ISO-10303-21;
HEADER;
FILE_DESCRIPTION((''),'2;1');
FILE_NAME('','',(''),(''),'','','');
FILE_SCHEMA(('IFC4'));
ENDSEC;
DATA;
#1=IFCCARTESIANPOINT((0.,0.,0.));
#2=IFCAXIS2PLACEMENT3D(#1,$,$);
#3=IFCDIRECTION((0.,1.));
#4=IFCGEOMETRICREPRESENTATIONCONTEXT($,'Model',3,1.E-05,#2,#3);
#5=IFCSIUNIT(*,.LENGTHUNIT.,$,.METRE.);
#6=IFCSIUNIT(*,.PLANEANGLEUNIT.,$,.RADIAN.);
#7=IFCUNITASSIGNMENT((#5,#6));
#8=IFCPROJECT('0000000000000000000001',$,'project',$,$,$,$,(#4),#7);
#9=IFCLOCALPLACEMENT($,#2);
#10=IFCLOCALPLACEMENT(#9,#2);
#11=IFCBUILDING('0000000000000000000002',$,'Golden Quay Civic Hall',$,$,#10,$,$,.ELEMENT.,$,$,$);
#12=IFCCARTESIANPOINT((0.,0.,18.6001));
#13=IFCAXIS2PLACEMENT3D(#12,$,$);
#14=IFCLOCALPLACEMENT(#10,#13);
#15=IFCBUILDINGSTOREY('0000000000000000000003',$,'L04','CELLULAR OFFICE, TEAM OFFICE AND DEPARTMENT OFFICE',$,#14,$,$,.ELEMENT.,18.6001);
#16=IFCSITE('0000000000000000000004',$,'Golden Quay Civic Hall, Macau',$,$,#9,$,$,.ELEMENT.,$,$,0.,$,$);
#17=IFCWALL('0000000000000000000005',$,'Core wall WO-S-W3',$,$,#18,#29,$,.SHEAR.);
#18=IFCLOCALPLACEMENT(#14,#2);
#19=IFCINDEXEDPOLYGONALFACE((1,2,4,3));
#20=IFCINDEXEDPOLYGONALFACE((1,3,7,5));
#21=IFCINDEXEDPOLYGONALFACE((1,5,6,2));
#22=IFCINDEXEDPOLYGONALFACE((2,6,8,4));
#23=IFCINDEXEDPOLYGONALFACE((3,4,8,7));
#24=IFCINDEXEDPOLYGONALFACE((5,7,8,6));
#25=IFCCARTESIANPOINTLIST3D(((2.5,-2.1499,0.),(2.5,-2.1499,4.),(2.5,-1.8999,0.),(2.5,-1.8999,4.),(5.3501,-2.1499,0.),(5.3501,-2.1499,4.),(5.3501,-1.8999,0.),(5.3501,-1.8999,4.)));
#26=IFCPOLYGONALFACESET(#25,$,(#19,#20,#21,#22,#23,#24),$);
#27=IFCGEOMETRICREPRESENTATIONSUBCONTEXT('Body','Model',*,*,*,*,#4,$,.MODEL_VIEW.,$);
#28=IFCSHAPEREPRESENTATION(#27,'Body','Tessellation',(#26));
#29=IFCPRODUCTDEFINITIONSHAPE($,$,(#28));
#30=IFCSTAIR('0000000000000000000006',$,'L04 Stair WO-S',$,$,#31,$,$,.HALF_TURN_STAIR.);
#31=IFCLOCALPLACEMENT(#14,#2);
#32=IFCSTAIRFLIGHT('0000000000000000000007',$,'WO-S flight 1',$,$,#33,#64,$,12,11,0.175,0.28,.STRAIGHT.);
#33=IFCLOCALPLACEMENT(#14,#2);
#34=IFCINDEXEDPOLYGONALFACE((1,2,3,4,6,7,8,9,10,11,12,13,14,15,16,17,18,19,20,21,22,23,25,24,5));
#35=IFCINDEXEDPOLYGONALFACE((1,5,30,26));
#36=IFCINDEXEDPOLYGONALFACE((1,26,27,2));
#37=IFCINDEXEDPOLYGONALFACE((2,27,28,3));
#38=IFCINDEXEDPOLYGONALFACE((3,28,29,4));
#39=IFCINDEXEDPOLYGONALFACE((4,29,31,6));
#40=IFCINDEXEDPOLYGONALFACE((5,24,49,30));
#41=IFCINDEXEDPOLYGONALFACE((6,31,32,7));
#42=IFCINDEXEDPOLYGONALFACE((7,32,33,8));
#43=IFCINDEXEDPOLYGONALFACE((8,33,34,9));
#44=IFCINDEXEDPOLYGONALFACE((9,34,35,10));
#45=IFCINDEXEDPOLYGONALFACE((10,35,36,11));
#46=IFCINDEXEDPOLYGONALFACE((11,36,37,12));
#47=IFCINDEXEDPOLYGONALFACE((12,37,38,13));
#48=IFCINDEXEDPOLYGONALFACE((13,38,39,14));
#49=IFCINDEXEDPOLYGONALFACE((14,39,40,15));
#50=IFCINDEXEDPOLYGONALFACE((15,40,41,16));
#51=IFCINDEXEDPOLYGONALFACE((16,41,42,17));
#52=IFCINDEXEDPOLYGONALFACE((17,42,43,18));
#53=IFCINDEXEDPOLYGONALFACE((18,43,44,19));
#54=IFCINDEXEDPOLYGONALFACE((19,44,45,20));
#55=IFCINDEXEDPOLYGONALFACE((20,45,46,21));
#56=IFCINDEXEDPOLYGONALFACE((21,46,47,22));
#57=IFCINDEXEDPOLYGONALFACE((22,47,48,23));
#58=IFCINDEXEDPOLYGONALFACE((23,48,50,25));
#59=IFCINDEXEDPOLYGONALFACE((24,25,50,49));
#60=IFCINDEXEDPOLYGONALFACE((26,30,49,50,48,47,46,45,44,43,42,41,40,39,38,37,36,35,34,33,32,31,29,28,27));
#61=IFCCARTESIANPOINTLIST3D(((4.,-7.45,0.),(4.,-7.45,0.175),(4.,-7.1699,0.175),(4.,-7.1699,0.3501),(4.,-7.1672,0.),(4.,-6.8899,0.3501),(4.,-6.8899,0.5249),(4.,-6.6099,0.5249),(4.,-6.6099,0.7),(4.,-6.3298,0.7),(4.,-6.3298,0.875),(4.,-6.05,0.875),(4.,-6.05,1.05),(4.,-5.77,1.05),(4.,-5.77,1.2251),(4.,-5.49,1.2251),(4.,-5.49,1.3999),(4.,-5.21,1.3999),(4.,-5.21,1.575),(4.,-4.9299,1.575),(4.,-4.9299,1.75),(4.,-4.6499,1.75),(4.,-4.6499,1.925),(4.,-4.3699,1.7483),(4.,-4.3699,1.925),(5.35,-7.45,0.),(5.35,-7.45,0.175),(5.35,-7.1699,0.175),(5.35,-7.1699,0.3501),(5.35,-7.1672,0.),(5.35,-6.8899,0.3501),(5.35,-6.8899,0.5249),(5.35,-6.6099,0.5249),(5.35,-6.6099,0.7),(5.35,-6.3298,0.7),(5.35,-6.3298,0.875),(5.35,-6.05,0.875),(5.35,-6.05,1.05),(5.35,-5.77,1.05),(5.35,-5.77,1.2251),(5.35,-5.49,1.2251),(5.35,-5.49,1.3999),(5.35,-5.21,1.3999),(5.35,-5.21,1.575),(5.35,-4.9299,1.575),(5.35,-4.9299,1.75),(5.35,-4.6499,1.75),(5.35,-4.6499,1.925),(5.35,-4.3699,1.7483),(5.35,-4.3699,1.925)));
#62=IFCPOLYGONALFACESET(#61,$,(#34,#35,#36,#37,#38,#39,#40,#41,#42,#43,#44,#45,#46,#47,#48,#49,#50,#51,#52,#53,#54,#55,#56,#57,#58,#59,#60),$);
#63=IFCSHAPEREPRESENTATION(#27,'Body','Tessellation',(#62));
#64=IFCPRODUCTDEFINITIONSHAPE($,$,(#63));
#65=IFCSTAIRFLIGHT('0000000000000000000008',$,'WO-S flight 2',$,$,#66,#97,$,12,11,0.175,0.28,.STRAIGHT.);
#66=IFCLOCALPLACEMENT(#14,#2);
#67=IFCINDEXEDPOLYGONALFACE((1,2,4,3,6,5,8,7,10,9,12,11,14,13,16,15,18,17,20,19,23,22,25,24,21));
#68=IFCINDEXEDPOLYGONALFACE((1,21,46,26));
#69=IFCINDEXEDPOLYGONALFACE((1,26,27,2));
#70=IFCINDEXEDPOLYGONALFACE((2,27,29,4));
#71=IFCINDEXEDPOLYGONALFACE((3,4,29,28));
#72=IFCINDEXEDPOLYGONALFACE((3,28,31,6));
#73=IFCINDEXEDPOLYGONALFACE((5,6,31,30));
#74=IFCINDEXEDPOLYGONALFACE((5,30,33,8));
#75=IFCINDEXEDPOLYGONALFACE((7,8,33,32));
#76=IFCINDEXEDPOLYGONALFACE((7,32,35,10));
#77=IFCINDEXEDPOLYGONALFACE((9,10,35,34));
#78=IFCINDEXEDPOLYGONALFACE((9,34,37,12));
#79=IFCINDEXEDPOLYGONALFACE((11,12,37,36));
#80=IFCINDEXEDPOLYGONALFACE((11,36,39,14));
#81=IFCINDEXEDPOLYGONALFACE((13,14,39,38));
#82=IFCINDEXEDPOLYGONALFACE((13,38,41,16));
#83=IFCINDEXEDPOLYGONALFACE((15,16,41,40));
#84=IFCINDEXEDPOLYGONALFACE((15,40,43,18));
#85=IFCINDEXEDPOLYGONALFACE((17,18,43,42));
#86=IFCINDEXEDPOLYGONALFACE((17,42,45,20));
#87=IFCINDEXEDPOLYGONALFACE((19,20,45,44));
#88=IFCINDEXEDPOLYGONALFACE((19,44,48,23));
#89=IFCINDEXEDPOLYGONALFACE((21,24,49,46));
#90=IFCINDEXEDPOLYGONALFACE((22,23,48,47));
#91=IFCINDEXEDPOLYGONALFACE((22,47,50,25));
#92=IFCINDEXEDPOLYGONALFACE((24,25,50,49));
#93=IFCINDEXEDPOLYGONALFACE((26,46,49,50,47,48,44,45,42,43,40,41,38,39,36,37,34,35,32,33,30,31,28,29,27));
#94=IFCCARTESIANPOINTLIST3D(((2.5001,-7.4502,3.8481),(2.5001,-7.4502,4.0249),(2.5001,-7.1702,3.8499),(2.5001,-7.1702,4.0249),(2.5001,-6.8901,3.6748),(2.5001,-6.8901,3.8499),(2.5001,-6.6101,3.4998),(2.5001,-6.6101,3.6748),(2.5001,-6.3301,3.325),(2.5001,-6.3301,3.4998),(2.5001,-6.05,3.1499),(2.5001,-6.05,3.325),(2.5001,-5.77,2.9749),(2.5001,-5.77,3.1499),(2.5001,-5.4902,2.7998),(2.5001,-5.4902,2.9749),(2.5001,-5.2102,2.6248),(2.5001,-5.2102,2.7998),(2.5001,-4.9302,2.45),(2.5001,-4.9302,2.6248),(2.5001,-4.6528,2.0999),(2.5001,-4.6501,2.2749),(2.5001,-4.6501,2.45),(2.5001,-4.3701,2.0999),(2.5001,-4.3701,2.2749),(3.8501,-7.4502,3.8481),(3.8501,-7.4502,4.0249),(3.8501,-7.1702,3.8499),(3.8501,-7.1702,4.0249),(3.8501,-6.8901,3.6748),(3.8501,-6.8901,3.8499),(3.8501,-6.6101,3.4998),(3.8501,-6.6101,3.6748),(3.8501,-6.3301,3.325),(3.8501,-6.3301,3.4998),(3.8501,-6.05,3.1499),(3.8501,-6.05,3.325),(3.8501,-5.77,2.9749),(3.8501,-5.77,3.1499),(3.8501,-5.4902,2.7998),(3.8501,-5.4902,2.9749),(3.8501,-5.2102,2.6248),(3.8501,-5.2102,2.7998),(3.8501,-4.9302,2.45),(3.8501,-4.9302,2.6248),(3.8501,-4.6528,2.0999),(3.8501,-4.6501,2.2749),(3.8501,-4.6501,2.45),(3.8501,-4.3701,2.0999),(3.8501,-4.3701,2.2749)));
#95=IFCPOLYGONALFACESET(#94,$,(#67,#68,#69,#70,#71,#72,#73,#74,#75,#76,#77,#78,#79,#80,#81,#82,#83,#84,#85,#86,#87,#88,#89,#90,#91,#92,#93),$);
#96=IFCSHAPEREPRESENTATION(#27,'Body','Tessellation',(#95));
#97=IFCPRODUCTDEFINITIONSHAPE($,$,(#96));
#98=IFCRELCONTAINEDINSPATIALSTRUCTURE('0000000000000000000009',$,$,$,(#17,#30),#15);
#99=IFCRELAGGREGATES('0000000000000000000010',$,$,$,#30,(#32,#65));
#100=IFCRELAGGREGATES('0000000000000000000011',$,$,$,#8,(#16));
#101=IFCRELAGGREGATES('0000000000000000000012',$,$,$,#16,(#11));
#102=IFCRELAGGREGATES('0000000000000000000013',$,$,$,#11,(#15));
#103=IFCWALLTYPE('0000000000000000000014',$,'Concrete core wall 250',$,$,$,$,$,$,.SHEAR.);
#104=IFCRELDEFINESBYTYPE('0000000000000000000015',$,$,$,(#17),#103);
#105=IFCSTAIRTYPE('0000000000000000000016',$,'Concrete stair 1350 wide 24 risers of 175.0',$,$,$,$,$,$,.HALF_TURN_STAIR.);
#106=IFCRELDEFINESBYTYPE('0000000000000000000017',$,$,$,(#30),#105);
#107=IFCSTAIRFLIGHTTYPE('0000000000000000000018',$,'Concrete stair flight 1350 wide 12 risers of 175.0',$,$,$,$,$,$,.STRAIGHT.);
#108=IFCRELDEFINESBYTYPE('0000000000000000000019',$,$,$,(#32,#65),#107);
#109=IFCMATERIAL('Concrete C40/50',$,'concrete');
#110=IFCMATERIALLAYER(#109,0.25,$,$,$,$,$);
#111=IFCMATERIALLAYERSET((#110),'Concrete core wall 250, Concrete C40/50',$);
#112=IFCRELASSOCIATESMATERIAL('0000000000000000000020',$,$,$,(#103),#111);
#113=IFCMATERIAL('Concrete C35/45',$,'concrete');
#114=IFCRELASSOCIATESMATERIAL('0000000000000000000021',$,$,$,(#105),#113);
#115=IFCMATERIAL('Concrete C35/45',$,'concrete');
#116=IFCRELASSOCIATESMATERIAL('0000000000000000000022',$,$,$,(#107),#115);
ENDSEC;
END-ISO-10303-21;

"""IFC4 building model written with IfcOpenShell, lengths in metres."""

from ifc_helpers import new_model, si_unit, direction, frame, frame_2d, origin, place, context, subcontext, project, spatial, polyline, rectangle, outline, extrude, material, layer, layer_set, type_object, element, aggregate, save


model = new_model("IFC4")

# Units and contexts
model_context = context("Model", 3, precision=1e-05, world=origin(), true_north=direction((0.0, 1.0)))
body_context = subcontext(model_context, "Body", "Model", "MODEL_VIEW")
ifc_project = project(units=[si_unit("LENGTHUNIT", "METRE"), si_unit("PLANEANGLEUNIT", "RADIAN")], contexts=[model_context])

# Site, building, storey
site_placement = place(None, origin())
site = spatial("IfcSite", under=ifc_project, at=site_placement, Name="Golden Quay Civic Hall, Macau", CompositionType="ELEMENT", RefElevation=0.0)
building_placement = place(site_placement, origin())
building = spatial("IfcBuilding", under=site, at=building_placement, Name="Golden Quay Civic Hall", CompositionType="ELEMENT")
storey_placement = place(building_placement, frame((0.0, 0.0, 18.6001)))
storey = spatial("IfcBuildingStorey", under=building, at=storey_placement, Name="L04", Description="CELLULAR OFFICE, TEAM OFFICE AND DEPARTMENT OFFICE", CompositionType="ELEMENT", Elevation=18.6001)

# Wall
ifc_material_1 = material(Name="Concrete C40/50", Category="concrete")
ifc_layer = layer(ifc_material_1, 0.25)
ifc_layer_set = layer_set([ifc_layer], Name="Concrete core wall 250, Concrete C40/50")
wall_type = type_object("IfcWallType", Name="Concrete core wall 250", PredefinedType="SHEAR", material=ifc_layer_set)
wall_placement = place(storey_placement, frame((2.5, -2.0249, 0.0), z_axis=(0.0, 0.0, 1.0), x_axis=(1.0, 0.0, 0.0)))
element("IfcWall", 1, at=wall_placement, inside=storey, type_object=wall_type, Name="Core wall WO-S-W3", PredefinedType="SHEAR", context=body_context, shape_type="SweptSolid", body=[
    extrude(rectangle(XDim=2.8501, YDim=0.25, at=frame_2d((1.425, 0.0))), origin(), (0.0, 0.0, 1.0), 4.0),
])

# Stair, stair flights
ifc_material_2 = material(Name="Concrete C35/45", Category="concrete")
stair_type = type_object("IfcStairType", Name="Concrete stair 1350 wide 24 risers of 175.0", PredefinedType="HALF_TURN_STAIR", material=ifc_material_2)
stair_placement = place(storey_placement, origin())
stair = element("IfcStair", 2, at=stair_placement, inside=storey, type_object=stair_type, Name="L04 Stair WO-S", PredefinedType="HALF_TURN_STAIR")
ifc_material_3 = material(Name="Concrete C35/45", Category="concrete")
stair_flight_type = type_object("IfcStairFlightType", Name="Concrete stair flight 1350 wide 12 risers of 175.0", PredefinedType="STRAIGHT", material=ifc_material_3)
stair_flight_1_placement = place(storey_placement, frame((4.675, -7.45, 0.0), z_axis=(0.0, 0.0, 1.0), x_axis=(0.0, 1.0, 0.0)))
stair_flight_1 = element("IfcStairFlight", 3, at=stair_flight_1_placement, type_object=stair_flight_type, Name="WO-S flight 1", NumberOfRisers=12, NumberOfTreads=11, PredefinedType="STRAIGHT", RiserHeight=0.175, TreadLength=0.28, context=body_context, shape_type="SweptSolid", body=[
    extrude(outline(polyline([(0.0, 0.0), (0.0, 0.175), (0.28, 0.175), (0.28, 0.3501), (0.5601, 0.3501), (0.5601, 0.5249), (0.8401, 0.5249), (0.8401, 0.7), (1.1201, 0.7), (1.1201, 0.875), (1.3999, 0.875), (1.3999, 1.05), (1.6799, 1.05), (1.6799, 1.2251), (1.96, 1.2251), (1.96, 1.3999), (2.24, 1.3999), (2.24, 1.575), (2.52, 1.575), (2.52, 1.75), (2.8, 1.75), (2.8, 1.925), (3.0801, 1.925), (3.0801, 2.1001), (3.0801, 1.7483), (0.2827, 0.0), (0.0, 0.0)])), frame((0.0, 0.675, 0.0), z_axis=(0.0, -1.0, 0.0), x_axis=(1.0, 0.0, 0.0)), (0.0, 0.0, 1.0), 1.35),
])
stair_flight_2_placement = place(storey_placement, frame((3.175, -4.3701, 2.0999), z_axis=(0.0, 0.0, 1.0), x_axis=(0.0, -1.0, 0.0)))
stair_flight_2 = element("IfcStairFlight", 4, at=stair_flight_2_placement, type_object=stair_flight_type, Name="WO-S flight 2", NumberOfRisers=12, NumberOfTreads=11, PredefinedType="STRAIGHT", RiserHeight=0.175, TreadLength=0.28, context=body_context, shape_type="SweptSolid", body=[
    extrude(outline(polyline([(0.0, 0.0), (0.0, 0.175), (0.28, 0.175), (0.28, 0.3501), (0.5601, 0.3501), (0.5601, 0.5249), (0.8401, 0.5249), (0.8401, 0.7), (1.1201, 0.7), (1.1201, 0.875), (1.3999, 0.875), (1.3999, 1.05), (1.6799, 1.05), (1.6799, 1.2251), (1.96, 1.2251), (1.96, 1.3999), (2.24, 1.3999), (2.24, 1.575), (2.52, 1.575), (2.52, 1.75), (2.8, 1.75), (2.8, 1.925), (3.0801, 1.925), (3.0801, 2.1001), (3.0801, 1.7483), (0.2827, 0.0), (0.0, 0.0)])), frame((0.0, 0.675, 0.0), z_axis=(0.0, -1.0, 0.0), x_axis=(1.0, 0.0, 0.0)), (0.0, 0.0, 1.0), 1.35),
])
aggregate(stair, [stair_flight_1, stair_flight_2])

save(model, "model.ifc")
